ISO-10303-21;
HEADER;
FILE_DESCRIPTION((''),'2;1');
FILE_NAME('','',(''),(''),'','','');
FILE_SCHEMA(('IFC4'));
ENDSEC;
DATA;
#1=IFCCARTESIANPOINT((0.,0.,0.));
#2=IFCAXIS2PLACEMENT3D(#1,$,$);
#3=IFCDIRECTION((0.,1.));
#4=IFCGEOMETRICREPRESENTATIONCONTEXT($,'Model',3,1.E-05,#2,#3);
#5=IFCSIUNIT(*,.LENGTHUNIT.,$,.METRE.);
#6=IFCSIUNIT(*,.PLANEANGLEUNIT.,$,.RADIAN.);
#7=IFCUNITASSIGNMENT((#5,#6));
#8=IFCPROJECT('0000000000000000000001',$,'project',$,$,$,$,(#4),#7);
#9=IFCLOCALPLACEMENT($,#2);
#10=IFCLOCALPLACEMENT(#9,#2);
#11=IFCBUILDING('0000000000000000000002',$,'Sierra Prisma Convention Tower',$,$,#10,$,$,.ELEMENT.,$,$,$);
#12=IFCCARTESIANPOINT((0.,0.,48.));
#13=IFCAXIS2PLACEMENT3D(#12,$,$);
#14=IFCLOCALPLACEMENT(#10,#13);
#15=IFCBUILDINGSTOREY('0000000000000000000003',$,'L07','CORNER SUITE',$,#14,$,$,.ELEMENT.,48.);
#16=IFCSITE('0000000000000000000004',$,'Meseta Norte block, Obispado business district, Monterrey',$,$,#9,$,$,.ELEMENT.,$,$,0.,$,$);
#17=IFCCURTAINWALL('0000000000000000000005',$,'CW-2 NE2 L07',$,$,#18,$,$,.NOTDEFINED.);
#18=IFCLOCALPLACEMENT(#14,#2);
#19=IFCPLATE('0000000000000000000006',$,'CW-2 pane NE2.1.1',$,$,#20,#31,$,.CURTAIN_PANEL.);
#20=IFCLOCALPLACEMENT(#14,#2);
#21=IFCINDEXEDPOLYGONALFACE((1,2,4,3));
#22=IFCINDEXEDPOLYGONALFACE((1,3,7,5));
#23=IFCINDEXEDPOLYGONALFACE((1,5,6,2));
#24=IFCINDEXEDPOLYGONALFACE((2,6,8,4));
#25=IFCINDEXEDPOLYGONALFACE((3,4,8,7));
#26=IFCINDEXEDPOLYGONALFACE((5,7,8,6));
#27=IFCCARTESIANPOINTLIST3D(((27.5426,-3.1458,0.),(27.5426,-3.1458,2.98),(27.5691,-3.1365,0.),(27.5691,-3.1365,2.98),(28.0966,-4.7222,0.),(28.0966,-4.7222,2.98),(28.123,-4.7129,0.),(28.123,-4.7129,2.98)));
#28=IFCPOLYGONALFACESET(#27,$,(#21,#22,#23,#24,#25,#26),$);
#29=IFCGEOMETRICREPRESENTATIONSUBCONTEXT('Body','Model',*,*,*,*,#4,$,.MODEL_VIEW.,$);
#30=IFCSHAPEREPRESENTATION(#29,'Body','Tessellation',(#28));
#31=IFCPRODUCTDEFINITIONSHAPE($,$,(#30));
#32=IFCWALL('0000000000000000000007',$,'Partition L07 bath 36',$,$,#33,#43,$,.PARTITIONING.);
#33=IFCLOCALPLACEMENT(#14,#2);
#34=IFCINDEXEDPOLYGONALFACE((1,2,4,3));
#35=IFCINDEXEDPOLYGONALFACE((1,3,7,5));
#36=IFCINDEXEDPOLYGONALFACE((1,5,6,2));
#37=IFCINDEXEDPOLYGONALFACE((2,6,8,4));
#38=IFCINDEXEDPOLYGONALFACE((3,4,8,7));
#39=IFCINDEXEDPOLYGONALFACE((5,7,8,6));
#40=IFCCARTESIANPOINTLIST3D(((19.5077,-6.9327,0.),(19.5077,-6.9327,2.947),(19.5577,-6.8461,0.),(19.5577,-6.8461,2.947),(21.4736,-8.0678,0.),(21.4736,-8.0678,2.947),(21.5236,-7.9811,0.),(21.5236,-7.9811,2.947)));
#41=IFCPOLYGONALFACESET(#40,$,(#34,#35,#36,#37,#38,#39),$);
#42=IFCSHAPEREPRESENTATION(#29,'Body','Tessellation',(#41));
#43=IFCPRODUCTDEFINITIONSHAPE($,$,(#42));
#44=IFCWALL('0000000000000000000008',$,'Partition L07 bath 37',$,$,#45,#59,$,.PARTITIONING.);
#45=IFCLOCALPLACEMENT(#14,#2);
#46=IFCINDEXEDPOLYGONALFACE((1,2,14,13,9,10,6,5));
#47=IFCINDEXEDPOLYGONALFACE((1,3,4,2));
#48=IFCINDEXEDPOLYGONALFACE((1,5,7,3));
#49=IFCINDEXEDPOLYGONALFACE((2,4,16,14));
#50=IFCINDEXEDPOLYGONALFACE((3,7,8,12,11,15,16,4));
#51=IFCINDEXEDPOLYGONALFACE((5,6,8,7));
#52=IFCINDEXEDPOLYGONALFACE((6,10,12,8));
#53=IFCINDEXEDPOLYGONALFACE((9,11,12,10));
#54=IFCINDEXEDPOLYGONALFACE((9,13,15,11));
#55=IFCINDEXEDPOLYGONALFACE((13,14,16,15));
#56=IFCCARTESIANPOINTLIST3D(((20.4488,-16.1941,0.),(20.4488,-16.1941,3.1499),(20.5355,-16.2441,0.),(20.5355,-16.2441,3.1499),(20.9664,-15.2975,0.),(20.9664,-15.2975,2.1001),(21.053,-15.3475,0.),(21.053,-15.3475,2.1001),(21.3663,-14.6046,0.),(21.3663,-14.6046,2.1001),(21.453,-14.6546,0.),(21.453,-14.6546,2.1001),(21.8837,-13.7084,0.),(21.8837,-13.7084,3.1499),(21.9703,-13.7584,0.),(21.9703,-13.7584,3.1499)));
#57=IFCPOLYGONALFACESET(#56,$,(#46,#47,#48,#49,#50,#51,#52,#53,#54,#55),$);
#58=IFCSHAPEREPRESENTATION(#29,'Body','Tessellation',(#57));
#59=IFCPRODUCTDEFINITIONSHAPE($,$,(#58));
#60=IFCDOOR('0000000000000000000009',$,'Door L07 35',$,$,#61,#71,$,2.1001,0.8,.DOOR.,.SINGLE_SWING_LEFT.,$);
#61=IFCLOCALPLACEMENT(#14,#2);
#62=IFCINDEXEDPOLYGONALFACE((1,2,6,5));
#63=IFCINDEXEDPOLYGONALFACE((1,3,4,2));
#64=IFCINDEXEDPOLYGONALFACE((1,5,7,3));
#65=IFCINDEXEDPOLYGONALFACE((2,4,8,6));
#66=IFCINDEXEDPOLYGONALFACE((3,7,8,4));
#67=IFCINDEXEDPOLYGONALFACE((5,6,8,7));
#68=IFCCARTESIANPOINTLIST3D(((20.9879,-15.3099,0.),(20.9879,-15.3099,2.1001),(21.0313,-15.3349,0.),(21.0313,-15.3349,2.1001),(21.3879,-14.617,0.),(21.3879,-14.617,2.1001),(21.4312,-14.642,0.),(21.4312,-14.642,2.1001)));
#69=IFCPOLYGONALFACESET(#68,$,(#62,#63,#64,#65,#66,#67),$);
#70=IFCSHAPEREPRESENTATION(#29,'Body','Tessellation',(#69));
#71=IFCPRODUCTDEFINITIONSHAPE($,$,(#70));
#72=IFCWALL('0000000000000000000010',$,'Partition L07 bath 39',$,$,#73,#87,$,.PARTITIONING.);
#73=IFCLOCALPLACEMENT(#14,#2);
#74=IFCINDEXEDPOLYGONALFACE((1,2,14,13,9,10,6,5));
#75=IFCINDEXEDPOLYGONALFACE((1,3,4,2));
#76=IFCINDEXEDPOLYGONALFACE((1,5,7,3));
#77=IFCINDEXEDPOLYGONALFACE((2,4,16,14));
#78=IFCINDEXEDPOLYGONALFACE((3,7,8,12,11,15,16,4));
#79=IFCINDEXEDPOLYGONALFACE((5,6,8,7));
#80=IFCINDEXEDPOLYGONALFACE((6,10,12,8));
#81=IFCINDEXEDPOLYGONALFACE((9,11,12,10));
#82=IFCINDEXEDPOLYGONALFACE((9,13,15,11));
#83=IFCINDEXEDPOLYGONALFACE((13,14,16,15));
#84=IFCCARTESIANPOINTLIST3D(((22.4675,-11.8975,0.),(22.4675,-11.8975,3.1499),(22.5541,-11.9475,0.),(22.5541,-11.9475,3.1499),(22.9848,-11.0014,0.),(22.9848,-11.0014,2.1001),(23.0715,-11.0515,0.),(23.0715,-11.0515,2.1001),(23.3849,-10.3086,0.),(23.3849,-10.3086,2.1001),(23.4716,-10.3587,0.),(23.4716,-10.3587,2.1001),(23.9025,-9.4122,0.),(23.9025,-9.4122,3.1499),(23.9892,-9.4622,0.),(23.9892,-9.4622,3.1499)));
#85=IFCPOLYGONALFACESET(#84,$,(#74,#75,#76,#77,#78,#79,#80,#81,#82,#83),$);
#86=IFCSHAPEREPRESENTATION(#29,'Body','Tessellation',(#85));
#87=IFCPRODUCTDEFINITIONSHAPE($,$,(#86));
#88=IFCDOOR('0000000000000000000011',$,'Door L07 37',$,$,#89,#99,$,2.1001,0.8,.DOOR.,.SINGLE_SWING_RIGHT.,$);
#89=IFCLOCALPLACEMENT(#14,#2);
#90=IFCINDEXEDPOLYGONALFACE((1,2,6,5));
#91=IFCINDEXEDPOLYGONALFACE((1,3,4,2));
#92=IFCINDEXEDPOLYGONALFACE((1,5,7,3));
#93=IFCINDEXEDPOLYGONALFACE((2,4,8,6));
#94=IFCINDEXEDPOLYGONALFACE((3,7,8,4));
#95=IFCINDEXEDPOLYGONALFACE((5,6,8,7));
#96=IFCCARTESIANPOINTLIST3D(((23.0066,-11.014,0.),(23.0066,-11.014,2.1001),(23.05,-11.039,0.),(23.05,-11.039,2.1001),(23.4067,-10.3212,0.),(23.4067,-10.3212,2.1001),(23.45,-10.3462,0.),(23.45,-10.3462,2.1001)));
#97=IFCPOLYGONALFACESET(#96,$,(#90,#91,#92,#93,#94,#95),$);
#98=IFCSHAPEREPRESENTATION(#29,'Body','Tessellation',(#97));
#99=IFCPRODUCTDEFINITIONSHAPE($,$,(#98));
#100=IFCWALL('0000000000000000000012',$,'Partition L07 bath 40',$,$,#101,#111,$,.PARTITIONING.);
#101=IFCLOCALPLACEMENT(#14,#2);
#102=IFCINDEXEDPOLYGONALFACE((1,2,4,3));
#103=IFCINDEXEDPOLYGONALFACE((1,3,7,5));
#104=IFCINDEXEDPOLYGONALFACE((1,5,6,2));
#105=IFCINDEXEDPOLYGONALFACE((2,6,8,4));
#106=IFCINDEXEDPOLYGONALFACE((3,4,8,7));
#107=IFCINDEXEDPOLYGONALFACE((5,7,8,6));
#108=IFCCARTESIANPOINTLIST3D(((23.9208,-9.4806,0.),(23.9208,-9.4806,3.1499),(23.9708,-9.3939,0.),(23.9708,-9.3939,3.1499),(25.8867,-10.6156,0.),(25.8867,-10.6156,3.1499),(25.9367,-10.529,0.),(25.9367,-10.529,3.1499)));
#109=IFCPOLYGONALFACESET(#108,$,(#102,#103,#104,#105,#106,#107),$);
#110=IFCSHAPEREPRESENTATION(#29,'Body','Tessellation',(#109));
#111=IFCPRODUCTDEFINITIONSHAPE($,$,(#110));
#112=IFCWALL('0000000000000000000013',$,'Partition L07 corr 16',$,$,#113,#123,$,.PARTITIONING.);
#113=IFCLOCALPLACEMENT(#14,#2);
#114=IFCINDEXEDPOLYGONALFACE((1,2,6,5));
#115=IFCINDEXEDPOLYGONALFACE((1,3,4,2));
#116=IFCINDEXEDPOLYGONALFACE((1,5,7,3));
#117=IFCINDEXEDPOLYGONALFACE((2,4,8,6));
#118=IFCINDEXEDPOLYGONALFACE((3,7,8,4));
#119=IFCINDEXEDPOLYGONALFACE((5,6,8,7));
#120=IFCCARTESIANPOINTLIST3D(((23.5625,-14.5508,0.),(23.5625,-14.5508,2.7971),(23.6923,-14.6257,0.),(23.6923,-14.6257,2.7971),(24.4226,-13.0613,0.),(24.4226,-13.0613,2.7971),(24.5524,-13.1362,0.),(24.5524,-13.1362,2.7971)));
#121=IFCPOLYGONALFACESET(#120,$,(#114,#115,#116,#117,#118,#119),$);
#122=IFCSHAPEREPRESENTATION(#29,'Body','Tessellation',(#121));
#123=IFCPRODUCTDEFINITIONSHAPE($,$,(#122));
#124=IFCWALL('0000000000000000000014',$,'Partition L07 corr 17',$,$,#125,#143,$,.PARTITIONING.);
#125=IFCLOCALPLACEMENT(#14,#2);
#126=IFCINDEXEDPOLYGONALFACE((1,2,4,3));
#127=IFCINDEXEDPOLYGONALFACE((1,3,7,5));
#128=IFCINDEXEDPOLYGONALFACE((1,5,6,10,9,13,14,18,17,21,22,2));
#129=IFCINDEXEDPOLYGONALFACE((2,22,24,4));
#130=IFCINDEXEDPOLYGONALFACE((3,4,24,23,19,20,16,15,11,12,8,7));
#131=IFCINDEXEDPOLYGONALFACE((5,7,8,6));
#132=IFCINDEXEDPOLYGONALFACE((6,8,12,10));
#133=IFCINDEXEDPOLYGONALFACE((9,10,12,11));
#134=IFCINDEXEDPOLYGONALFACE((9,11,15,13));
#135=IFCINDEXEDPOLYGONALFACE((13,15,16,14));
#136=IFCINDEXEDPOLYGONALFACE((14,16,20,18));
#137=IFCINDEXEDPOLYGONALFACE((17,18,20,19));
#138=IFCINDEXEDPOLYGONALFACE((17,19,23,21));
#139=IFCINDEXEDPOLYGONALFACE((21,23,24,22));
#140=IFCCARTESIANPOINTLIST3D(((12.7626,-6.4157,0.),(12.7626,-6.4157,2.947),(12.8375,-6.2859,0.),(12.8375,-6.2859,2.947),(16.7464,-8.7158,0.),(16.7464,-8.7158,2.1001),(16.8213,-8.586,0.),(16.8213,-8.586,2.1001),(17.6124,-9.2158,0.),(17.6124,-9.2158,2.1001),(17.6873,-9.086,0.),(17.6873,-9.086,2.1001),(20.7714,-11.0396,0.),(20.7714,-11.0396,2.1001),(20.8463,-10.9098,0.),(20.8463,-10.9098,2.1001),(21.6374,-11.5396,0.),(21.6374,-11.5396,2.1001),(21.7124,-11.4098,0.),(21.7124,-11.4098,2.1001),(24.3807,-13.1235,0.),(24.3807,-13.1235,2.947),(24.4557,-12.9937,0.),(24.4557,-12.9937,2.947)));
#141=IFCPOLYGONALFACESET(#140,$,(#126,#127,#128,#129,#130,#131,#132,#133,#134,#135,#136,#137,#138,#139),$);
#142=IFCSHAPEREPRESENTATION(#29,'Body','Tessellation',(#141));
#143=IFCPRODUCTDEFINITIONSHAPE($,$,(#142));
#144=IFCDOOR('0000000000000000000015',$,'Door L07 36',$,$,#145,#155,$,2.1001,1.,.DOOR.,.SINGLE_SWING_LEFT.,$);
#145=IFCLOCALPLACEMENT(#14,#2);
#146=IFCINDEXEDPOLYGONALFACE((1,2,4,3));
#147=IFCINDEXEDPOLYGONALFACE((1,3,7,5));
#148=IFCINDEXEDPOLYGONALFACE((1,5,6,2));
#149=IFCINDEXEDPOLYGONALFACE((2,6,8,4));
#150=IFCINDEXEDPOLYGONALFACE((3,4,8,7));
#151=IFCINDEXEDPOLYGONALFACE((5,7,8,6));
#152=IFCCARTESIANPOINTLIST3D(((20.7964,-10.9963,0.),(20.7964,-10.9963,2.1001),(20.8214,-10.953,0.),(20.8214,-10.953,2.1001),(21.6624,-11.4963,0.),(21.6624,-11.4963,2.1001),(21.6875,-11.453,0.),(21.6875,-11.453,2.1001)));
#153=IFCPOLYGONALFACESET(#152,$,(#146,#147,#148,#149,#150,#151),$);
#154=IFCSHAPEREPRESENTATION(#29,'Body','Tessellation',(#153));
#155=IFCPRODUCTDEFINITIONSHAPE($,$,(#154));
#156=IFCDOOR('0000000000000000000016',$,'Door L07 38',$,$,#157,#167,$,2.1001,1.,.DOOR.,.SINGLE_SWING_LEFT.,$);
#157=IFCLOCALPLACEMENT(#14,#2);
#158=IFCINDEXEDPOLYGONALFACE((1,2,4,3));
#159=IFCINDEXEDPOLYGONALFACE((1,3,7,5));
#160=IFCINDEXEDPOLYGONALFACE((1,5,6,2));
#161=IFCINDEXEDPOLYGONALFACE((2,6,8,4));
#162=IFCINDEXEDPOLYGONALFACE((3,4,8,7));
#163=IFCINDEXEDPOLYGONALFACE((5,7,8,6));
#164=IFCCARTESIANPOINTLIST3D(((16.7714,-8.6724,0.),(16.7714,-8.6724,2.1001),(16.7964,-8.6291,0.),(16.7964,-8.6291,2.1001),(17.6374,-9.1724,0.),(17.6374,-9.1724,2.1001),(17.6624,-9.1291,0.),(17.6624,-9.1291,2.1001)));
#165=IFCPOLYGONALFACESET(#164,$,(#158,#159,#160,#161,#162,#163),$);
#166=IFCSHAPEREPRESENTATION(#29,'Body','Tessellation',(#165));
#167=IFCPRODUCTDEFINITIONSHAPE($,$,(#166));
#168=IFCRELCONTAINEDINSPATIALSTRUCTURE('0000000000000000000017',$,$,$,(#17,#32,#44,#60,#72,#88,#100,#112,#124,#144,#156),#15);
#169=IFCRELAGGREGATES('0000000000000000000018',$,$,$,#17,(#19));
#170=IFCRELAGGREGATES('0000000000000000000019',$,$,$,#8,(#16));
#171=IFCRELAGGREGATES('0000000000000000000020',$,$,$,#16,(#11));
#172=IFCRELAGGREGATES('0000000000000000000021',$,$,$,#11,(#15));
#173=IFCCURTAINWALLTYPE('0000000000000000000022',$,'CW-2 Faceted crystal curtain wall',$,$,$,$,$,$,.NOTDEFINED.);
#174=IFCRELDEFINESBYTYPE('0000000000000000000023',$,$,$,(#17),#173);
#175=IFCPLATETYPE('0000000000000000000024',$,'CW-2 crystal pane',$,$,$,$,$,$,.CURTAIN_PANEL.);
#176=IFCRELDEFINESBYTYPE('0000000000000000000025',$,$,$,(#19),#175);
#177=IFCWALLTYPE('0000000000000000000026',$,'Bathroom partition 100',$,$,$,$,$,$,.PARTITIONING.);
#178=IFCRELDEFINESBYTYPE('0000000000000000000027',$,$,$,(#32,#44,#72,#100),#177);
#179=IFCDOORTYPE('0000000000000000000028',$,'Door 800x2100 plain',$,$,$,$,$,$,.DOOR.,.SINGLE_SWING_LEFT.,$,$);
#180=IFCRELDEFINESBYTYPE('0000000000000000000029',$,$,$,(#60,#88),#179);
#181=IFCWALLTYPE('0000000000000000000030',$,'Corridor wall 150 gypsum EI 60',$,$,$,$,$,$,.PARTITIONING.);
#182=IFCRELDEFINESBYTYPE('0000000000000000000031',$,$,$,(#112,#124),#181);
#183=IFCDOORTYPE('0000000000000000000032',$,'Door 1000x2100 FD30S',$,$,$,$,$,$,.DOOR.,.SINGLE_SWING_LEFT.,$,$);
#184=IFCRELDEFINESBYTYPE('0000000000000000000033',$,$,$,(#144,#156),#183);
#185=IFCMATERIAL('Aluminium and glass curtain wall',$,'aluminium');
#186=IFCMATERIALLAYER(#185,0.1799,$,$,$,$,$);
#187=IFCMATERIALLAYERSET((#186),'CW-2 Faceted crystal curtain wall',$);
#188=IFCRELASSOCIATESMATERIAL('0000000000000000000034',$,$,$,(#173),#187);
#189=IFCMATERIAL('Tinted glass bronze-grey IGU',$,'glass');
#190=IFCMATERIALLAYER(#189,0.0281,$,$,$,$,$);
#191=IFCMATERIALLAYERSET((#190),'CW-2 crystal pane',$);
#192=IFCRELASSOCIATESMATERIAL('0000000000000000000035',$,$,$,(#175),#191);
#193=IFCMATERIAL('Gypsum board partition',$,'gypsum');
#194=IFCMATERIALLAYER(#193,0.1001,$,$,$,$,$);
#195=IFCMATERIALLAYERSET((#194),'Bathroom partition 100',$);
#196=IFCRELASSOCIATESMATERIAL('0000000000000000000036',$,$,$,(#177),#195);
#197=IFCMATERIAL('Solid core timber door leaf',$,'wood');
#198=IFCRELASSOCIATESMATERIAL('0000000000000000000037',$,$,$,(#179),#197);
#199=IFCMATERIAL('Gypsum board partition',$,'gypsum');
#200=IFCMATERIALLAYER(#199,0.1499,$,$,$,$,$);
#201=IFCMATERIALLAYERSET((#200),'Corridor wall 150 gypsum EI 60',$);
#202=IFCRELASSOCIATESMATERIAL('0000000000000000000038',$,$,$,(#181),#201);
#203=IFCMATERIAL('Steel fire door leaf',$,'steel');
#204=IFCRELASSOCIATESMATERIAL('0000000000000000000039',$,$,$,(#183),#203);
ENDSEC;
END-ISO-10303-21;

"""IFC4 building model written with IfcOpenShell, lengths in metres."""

from ifc_helpers import new_model, si_unit, direction, frame, frame_2d, origin, place, context, subcontext, project, spatial, polyline, rectangle, outline, extrude, material, layer, layer_set, type_object, element, fill, aggregate, save


model = new_model("IFC4")

# Units and contexts
model_context = context("Model", 3, precision=1e-05, world=origin(), true_north=direction((0.0, 1.0)))
body_context = subcontext(model_context, "Body", "Model", "MODEL_VIEW")
ifc_project = project(units=[si_unit("LENGTHUNIT", "METRE"), si_unit("PLANEANGLEUNIT", "RADIAN")], contexts=[model_context])

# Site, building, storey
site_placement = place(None, origin())
site = spatial("IfcSite", under=ifc_project, at=site_placement, Name="Meseta Norte block, Obispado business district, Monterrey", CompositionType="ELEMENT", RefElevation=0.0)
building_placement = place(site_placement, origin())
building = spatial("IfcBuilding", under=site, at=building_placement, Name="Sierra Prisma Convention Tower", CompositionType="ELEMENT")
storey_placement = place(building_placement, frame((0.0, 0.0, 48.0)))
storey = spatial("IfcBuildingStorey", under=building, at=storey_placement, Name="L07", Description="CORNER SUITE", CompositionType="ELEMENT", Elevation=48.0)

# Curtain wall
ifc_material_1 = material(Name="Aluminium and glass curtain wall", Category="aluminium")
ifc_layer_1 = layer(ifc_material_1, 0.1799)
ifc_layer_set_1 = layer_set([ifc_layer_1], Name="CW-2 Faceted crystal curtain wall")
curtain_wall_type = type_object("IfcCurtainWallType", Name="CW-2 Faceted crystal curtain wall", PredefinedType="NOTDEFINED", material=ifc_layer_set_1)
curtain_wall_placement = place(storey_placement, origin())
curtain_wall = element("IfcCurtainWall", 1, at=curtain_wall_placement, inside=storey, type_object=curtain_wall_type, Name="CW-2 NE2 L07", PredefinedType="NOTDEFINED")

# Plate
ifc_material_2 = material(Name="Tinted glass bronze-grey IGU", Category="glass")
ifc_layer_2 = layer(ifc_material_2, 0.0281)
ifc_layer_set_2 = layer_set([ifc_layer_2], Name="CW-2 crystal pane")
plate_type = type_object("IfcPlateType", Name="CW-2 crystal pane", PredefinedType="CURTAIN_PANEL", material=ifc_layer_set_2)
plate_placement = place(storey_placement, frame((28.123, -4.7129, 0.0), z_axis=(0.943445, 0.331528, 0.0), x_axis=(-0.331528, 0.943445, 0.0)))
plate = element("IfcPlate", 2, at=plate_placement, type_object=plate_type, Name="CW-2 pane NE2.1.1", PredefinedType="CURTAIN_PANEL", context=body_context, shape_type="SweptSolid", body=[
    extrude(outline(polyline([(0.0, 0.0), (1.6709, 0.0), (1.6709, 2.98), (0.0, 2.98), (0.0, 0.0)])), origin(), (0.0, 0.0, -1.0), 0.0281),
])
aggregate(curtain_wall, [plate])

# Wall
ifc_material_3 = material(Name="Gypsum board partition", Category="gypsum")
ifc_layer_3 = layer(ifc_material_3, 0.1001)
ifc_layer_set_3 = layer_set([ifc_layer_3], Name="Bathroom partition 100")
wall_type_1 = type_object("IfcWallType", Name="Bathroom partition 100", PredefinedType="PARTITIONING", material=ifc_layer_set_3)
wall_1_placement = place(storey_placement, frame((19.5327, -6.8894, 0.0), z_axis=(0.0, 0.0, 1.0), x_axis=(0.866017, -0.500014, 0.0)))
element("IfcWall", 3, at=wall_1_placement, inside=storey, type_object=wall_type_1, Name="Partition L07 bath 36", PredefinedType="PARTITIONING", context=body_context, shape_type="SweptSolid", body=[
    extrude(rectangle(XDim=2.27, YDim=0.1001, at=frame_2d((1.135, 0.0))), origin(), (0.0, 0.0, 1.0), 2.947),
])

# Walls, openings, doors
wall_2_placement = place(storey_placement, frame((21.927, -13.7334, 0.0), z_axis=(0.0, 0.0, 1.0), x_axis=(-0.499936, -0.866062, 0.0)))
wall_2 = element("IfcWall", 4, at=wall_2_placement, inside=storey, type_object=wall_type_1, Name="Partition L07 bath 37", PredefinedType="PARTITIONING", context=body_context, shape_type="SweptSolid", body=[
    extrude(rectangle(XDim=2.8701, YDim=0.1001, at=frame_2d((1.4351, 0.0))), origin(), (0.0, 0.0, 1.0), 3.1499),
])
opening_1_placement = place(wall_2_placement, frame((1.0349, 0.0, 0.0)))
opening_1 = element("IfcOpeningElement", 5, at=opening_1_placement, cuts=wall_2, PredefinedType="OPENING", context=body_context, shape_type="SweptSolid", body=[
    extrude(rectangle(XDim=0.8, YDim=2.1001, at=frame_2d((0.3999, 1.05))), frame((0.0, 0.05, 0.0), z_axis=(0.0, -1.0, 0.0), x_axis=(1.0, 0.0, 0.0)), (0.0, 0.0, 1.0), 0.1001),
])
ifc_material_4 = material(Name="Solid core timber door leaf", Category="wood")
door_type_1 = type_object("IfcDoorType", Name="Door 800x2100 plain", OperationType="SINGLE_SWING_LEFT", PredefinedType="DOOR", material=ifc_material_4)
door_1_placement = place(opening_1_placement, origin())
door_1 = element("IfcDoor", 6, at=door_1_placement, inside=storey, type_object=door_type_1, Name="Door L07 35", OperationType="SINGLE_SWING_LEFT", OverallHeight=2.1001, OverallWidth=0.8, PredefinedType="DOOR", context=body_context, shape_type="SweptSolid", body=[
    extrude(rectangle(XDim=0.8, YDim=2.1001, at=frame_2d((0.3999, 1.05))), frame((0.0, 0.0249, 0.0), z_axis=(0.0, -1.0, 0.0), x_axis=(1.0, 0.0, 0.0)), (0.0, 0.0, 1.0), 0.05),
])
fill(opening_1, door_1)
wall_3_placement = place(storey_placement, frame((22.5107, -11.9226, 0.0), z_axis=(0.0, 0.0, 1.0), x_axis=(0.500037, 0.866004, 0.0)))
wall_3 = element("IfcWall", 7, at=wall_3_placement, inside=storey, type_object=wall_type_1, Name="Partition L07 bath 39", PredefinedType="PARTITIONING", context=body_context, shape_type="SweptSolid", body=[
    extrude(rectangle(XDim=2.8699, YDim=0.1001, at=frame_2d((1.4351, 0.0))), origin(), (0.0, 0.0, 1.0), 3.1499),
])
opening_2_placement = place(wall_3_placement, frame((1.0349, 0.0, 0.0)))
opening_2 = element("IfcOpeningElement", 8, at=opening_2_placement, cuts=wall_3, PredefinedType="OPENING", context=body_context, shape_type="SweptSolid", body=[
    extrude(rectangle(XDim=0.8, YDim=2.1001, at=frame_2d((0.3999, 1.05))), frame((0.0, 0.05, 0.0), z_axis=(0.0, -1.0, 0.0), x_axis=(1.0, 0.0, 0.0)), (0.0, 0.0, 1.0), 0.1001),
])
door_2_placement = place(opening_2_placement, origin())
door_2 = element("IfcDoor", 9, at=door_2_placement, inside=storey, type_object=door_type_1, Name="Door L07 37", OperationType="SINGLE_SWING_RIGHT", OverallHeight=2.1001, OverallWidth=0.8, PredefinedType="DOOR", context=body_context, shape_type="SweptSolid", body=[
    extrude(rectangle(XDim=0.8, YDim=2.1001, at=frame_2d((0.3999, 1.05))), frame((0.0, 0.0249, 0.0), z_axis=(0.0, -1.0, 0.0), x_axis=(1.0, 0.0, 0.0)), (0.0, 0.0, 1.0), 0.05),
])
fill(opening_2, door_2)

# Walls
wall_4_placement = place(storey_placement, frame((23.9458, -9.4373, 0.0), z_axis=(0.0, 0.0, 1.0), x_axis=(0.866017, -0.500014, 0.0)))
element("IfcWall", 10, at=wall_4_placement, inside=storey, type_object=wall_type_1, Name="Partition L07 bath 40", PredefinedType="PARTITIONING", context=body_context, shape_type="SweptSolid", body=[
    extrude(rectangle(XDim=2.27, YDim=0.1001, at=frame_2d((1.135, 0.0))), origin(), (0.0, 0.0, 1.0), 3.1499),
])
ifc_material_5 = material(Name="Gypsum board partition", Category="gypsum")
ifc_layer_4 = layer(ifc_material_5, 0.1499)
ifc_layer_set_4 = layer_set([ifc_layer_4], Name="Corridor wall 150 gypsum EI 60")
wall_type_2 = type_object("IfcWallType", Name="Corridor wall 150 gypsum EI 60", PredefinedType="PARTITIONING", material=ifc_layer_set_4)
wall_5_placement = place(storey_placement, frame((23.6274, -14.5881, 0.0), z_axis=(0.0, 0.0, 1.0), x_axis=(0.500062, 0.865989, 0.0)))
element("IfcWall", 11, at=wall_5_placement, inside=storey, type_object=wall_type_2, Name="Partition L07 corr 16", PredefinedType="PARTITIONING", context=body_context, shape_type="SweptSolid", body=[
    extrude(rectangle(XDim=1.72, YDim=0.1499, at=frame_2d((0.8599, 0.0))), origin(), (0.0, 0.0, 1.0), 2.7971),
])

# Wall, openings, doors
wall_6_placement = place(storey_placement, frame((24.4182, -13.0586, 0.0), z_axis=(0.0, 0.0, 1.0), x_axis=(-0.866025, 0.500001, 0.0)))
wall_6 = element("IfcWall", 12, at=wall_6_placement, inside=storey, type_object=wall_type_2, Name="Partition L07 corr 17", PredefinedType="PARTITIONING", context=body_context, shape_type="SweptSolid", body=[
    extrude(rectangle(XDim=13.4155, YDim=0.1499, at=frame_2d((6.7078, 0.0))), origin(), (0.0, 0.0, 1.0), 2.947),
])
opening_3_placement = place(wall_6_placement, frame((3.1677, 0.0, 0.0)))
opening_3 = element("IfcOpeningElement", 13, at=opening_3_placement, cuts=wall_6, PredefinedType="OPENING", context=body_context, shape_type="SweptSolid", body=[
    extrude(rectangle(XDim=1.0, YDim=2.1001, at=frame_2d((0.5, 1.05))), frame((0.0, 0.075, 0.0), z_axis=(0.0, -1.0, 0.0), x_axis=(1.0, 0.0, 0.0)), (0.0, 0.0, 1.0), 0.1499),
])
opening_4_placement = place(wall_6_placement, frame((7.8154, 0.0, 0.0)))
opening_4 = element("IfcOpeningElement", 14, at=opening_4_placement, cuts=wall_6, PredefinedType="OPENING", context=body_context, shape_type="SweptSolid", body=[
    extrude(rectangle(XDim=1.0, YDim=2.1001, at=frame_2d((0.5, 1.05))), frame((0.0, 0.075, 0.0), z_axis=(0.0, -1.0, 0.0), x_axis=(1.0, 0.0, 0.0)), (0.0, 0.0, 1.0), 0.1499),
])
ifc_material_6 = material(Name="Steel fire door leaf", Category="steel")
door_type_2 = type_object("IfcDoorType", Name="Door 1000x2100 FD30S", OperationType="SINGLE_SWING_LEFT", PredefinedType="DOOR", material=ifc_material_6)
door_3_placement = place(opening_3_placement, origin())
door_3 = element("IfcDoor", 15, at=door_3_placement, inside=storey, type_object=door_type_2, Name="Door L07 36", OperationType="SINGLE_SWING_LEFT", OverallHeight=2.1001, OverallWidth=1.0, PredefinedType="DOOR", context=body_context, shape_type="SweptSolid", body=[
    extrude(rectangle(XDim=1.0, YDim=2.1001, at=frame_2d((0.5, 1.05))), frame((0.0, 0.0249, 0.0), z_axis=(0.0, -1.0, 0.0), x_axis=(1.0, 0.0, 0.0)), (0.0, 0.0, 1.0), 0.05),
])
fill(opening_3, door_3)
door_4_placement = place(opening_4_placement, origin())
door_4 = element("IfcDoor", 16, at=door_4_placement, inside=storey, type_object=door_type_2, Name="Door L07 38", OperationType="SINGLE_SWING_LEFT", OverallHeight=2.1001, OverallWidth=1.0, PredefinedType="DOOR", context=body_context, shape_type="SweptSolid", body=[
    extrude(rectangle(XDim=1.0, YDim=2.1001, at=frame_2d((0.5, 1.05))), frame((0.0, 0.0249, 0.0), z_axis=(0.0, -1.0, 0.0), x_axis=(1.0, 0.0, 0.0)), (0.0, 0.0, 1.0), 0.05),
])
fill(opening_4, door_4)

save(model, "model.ifc")
